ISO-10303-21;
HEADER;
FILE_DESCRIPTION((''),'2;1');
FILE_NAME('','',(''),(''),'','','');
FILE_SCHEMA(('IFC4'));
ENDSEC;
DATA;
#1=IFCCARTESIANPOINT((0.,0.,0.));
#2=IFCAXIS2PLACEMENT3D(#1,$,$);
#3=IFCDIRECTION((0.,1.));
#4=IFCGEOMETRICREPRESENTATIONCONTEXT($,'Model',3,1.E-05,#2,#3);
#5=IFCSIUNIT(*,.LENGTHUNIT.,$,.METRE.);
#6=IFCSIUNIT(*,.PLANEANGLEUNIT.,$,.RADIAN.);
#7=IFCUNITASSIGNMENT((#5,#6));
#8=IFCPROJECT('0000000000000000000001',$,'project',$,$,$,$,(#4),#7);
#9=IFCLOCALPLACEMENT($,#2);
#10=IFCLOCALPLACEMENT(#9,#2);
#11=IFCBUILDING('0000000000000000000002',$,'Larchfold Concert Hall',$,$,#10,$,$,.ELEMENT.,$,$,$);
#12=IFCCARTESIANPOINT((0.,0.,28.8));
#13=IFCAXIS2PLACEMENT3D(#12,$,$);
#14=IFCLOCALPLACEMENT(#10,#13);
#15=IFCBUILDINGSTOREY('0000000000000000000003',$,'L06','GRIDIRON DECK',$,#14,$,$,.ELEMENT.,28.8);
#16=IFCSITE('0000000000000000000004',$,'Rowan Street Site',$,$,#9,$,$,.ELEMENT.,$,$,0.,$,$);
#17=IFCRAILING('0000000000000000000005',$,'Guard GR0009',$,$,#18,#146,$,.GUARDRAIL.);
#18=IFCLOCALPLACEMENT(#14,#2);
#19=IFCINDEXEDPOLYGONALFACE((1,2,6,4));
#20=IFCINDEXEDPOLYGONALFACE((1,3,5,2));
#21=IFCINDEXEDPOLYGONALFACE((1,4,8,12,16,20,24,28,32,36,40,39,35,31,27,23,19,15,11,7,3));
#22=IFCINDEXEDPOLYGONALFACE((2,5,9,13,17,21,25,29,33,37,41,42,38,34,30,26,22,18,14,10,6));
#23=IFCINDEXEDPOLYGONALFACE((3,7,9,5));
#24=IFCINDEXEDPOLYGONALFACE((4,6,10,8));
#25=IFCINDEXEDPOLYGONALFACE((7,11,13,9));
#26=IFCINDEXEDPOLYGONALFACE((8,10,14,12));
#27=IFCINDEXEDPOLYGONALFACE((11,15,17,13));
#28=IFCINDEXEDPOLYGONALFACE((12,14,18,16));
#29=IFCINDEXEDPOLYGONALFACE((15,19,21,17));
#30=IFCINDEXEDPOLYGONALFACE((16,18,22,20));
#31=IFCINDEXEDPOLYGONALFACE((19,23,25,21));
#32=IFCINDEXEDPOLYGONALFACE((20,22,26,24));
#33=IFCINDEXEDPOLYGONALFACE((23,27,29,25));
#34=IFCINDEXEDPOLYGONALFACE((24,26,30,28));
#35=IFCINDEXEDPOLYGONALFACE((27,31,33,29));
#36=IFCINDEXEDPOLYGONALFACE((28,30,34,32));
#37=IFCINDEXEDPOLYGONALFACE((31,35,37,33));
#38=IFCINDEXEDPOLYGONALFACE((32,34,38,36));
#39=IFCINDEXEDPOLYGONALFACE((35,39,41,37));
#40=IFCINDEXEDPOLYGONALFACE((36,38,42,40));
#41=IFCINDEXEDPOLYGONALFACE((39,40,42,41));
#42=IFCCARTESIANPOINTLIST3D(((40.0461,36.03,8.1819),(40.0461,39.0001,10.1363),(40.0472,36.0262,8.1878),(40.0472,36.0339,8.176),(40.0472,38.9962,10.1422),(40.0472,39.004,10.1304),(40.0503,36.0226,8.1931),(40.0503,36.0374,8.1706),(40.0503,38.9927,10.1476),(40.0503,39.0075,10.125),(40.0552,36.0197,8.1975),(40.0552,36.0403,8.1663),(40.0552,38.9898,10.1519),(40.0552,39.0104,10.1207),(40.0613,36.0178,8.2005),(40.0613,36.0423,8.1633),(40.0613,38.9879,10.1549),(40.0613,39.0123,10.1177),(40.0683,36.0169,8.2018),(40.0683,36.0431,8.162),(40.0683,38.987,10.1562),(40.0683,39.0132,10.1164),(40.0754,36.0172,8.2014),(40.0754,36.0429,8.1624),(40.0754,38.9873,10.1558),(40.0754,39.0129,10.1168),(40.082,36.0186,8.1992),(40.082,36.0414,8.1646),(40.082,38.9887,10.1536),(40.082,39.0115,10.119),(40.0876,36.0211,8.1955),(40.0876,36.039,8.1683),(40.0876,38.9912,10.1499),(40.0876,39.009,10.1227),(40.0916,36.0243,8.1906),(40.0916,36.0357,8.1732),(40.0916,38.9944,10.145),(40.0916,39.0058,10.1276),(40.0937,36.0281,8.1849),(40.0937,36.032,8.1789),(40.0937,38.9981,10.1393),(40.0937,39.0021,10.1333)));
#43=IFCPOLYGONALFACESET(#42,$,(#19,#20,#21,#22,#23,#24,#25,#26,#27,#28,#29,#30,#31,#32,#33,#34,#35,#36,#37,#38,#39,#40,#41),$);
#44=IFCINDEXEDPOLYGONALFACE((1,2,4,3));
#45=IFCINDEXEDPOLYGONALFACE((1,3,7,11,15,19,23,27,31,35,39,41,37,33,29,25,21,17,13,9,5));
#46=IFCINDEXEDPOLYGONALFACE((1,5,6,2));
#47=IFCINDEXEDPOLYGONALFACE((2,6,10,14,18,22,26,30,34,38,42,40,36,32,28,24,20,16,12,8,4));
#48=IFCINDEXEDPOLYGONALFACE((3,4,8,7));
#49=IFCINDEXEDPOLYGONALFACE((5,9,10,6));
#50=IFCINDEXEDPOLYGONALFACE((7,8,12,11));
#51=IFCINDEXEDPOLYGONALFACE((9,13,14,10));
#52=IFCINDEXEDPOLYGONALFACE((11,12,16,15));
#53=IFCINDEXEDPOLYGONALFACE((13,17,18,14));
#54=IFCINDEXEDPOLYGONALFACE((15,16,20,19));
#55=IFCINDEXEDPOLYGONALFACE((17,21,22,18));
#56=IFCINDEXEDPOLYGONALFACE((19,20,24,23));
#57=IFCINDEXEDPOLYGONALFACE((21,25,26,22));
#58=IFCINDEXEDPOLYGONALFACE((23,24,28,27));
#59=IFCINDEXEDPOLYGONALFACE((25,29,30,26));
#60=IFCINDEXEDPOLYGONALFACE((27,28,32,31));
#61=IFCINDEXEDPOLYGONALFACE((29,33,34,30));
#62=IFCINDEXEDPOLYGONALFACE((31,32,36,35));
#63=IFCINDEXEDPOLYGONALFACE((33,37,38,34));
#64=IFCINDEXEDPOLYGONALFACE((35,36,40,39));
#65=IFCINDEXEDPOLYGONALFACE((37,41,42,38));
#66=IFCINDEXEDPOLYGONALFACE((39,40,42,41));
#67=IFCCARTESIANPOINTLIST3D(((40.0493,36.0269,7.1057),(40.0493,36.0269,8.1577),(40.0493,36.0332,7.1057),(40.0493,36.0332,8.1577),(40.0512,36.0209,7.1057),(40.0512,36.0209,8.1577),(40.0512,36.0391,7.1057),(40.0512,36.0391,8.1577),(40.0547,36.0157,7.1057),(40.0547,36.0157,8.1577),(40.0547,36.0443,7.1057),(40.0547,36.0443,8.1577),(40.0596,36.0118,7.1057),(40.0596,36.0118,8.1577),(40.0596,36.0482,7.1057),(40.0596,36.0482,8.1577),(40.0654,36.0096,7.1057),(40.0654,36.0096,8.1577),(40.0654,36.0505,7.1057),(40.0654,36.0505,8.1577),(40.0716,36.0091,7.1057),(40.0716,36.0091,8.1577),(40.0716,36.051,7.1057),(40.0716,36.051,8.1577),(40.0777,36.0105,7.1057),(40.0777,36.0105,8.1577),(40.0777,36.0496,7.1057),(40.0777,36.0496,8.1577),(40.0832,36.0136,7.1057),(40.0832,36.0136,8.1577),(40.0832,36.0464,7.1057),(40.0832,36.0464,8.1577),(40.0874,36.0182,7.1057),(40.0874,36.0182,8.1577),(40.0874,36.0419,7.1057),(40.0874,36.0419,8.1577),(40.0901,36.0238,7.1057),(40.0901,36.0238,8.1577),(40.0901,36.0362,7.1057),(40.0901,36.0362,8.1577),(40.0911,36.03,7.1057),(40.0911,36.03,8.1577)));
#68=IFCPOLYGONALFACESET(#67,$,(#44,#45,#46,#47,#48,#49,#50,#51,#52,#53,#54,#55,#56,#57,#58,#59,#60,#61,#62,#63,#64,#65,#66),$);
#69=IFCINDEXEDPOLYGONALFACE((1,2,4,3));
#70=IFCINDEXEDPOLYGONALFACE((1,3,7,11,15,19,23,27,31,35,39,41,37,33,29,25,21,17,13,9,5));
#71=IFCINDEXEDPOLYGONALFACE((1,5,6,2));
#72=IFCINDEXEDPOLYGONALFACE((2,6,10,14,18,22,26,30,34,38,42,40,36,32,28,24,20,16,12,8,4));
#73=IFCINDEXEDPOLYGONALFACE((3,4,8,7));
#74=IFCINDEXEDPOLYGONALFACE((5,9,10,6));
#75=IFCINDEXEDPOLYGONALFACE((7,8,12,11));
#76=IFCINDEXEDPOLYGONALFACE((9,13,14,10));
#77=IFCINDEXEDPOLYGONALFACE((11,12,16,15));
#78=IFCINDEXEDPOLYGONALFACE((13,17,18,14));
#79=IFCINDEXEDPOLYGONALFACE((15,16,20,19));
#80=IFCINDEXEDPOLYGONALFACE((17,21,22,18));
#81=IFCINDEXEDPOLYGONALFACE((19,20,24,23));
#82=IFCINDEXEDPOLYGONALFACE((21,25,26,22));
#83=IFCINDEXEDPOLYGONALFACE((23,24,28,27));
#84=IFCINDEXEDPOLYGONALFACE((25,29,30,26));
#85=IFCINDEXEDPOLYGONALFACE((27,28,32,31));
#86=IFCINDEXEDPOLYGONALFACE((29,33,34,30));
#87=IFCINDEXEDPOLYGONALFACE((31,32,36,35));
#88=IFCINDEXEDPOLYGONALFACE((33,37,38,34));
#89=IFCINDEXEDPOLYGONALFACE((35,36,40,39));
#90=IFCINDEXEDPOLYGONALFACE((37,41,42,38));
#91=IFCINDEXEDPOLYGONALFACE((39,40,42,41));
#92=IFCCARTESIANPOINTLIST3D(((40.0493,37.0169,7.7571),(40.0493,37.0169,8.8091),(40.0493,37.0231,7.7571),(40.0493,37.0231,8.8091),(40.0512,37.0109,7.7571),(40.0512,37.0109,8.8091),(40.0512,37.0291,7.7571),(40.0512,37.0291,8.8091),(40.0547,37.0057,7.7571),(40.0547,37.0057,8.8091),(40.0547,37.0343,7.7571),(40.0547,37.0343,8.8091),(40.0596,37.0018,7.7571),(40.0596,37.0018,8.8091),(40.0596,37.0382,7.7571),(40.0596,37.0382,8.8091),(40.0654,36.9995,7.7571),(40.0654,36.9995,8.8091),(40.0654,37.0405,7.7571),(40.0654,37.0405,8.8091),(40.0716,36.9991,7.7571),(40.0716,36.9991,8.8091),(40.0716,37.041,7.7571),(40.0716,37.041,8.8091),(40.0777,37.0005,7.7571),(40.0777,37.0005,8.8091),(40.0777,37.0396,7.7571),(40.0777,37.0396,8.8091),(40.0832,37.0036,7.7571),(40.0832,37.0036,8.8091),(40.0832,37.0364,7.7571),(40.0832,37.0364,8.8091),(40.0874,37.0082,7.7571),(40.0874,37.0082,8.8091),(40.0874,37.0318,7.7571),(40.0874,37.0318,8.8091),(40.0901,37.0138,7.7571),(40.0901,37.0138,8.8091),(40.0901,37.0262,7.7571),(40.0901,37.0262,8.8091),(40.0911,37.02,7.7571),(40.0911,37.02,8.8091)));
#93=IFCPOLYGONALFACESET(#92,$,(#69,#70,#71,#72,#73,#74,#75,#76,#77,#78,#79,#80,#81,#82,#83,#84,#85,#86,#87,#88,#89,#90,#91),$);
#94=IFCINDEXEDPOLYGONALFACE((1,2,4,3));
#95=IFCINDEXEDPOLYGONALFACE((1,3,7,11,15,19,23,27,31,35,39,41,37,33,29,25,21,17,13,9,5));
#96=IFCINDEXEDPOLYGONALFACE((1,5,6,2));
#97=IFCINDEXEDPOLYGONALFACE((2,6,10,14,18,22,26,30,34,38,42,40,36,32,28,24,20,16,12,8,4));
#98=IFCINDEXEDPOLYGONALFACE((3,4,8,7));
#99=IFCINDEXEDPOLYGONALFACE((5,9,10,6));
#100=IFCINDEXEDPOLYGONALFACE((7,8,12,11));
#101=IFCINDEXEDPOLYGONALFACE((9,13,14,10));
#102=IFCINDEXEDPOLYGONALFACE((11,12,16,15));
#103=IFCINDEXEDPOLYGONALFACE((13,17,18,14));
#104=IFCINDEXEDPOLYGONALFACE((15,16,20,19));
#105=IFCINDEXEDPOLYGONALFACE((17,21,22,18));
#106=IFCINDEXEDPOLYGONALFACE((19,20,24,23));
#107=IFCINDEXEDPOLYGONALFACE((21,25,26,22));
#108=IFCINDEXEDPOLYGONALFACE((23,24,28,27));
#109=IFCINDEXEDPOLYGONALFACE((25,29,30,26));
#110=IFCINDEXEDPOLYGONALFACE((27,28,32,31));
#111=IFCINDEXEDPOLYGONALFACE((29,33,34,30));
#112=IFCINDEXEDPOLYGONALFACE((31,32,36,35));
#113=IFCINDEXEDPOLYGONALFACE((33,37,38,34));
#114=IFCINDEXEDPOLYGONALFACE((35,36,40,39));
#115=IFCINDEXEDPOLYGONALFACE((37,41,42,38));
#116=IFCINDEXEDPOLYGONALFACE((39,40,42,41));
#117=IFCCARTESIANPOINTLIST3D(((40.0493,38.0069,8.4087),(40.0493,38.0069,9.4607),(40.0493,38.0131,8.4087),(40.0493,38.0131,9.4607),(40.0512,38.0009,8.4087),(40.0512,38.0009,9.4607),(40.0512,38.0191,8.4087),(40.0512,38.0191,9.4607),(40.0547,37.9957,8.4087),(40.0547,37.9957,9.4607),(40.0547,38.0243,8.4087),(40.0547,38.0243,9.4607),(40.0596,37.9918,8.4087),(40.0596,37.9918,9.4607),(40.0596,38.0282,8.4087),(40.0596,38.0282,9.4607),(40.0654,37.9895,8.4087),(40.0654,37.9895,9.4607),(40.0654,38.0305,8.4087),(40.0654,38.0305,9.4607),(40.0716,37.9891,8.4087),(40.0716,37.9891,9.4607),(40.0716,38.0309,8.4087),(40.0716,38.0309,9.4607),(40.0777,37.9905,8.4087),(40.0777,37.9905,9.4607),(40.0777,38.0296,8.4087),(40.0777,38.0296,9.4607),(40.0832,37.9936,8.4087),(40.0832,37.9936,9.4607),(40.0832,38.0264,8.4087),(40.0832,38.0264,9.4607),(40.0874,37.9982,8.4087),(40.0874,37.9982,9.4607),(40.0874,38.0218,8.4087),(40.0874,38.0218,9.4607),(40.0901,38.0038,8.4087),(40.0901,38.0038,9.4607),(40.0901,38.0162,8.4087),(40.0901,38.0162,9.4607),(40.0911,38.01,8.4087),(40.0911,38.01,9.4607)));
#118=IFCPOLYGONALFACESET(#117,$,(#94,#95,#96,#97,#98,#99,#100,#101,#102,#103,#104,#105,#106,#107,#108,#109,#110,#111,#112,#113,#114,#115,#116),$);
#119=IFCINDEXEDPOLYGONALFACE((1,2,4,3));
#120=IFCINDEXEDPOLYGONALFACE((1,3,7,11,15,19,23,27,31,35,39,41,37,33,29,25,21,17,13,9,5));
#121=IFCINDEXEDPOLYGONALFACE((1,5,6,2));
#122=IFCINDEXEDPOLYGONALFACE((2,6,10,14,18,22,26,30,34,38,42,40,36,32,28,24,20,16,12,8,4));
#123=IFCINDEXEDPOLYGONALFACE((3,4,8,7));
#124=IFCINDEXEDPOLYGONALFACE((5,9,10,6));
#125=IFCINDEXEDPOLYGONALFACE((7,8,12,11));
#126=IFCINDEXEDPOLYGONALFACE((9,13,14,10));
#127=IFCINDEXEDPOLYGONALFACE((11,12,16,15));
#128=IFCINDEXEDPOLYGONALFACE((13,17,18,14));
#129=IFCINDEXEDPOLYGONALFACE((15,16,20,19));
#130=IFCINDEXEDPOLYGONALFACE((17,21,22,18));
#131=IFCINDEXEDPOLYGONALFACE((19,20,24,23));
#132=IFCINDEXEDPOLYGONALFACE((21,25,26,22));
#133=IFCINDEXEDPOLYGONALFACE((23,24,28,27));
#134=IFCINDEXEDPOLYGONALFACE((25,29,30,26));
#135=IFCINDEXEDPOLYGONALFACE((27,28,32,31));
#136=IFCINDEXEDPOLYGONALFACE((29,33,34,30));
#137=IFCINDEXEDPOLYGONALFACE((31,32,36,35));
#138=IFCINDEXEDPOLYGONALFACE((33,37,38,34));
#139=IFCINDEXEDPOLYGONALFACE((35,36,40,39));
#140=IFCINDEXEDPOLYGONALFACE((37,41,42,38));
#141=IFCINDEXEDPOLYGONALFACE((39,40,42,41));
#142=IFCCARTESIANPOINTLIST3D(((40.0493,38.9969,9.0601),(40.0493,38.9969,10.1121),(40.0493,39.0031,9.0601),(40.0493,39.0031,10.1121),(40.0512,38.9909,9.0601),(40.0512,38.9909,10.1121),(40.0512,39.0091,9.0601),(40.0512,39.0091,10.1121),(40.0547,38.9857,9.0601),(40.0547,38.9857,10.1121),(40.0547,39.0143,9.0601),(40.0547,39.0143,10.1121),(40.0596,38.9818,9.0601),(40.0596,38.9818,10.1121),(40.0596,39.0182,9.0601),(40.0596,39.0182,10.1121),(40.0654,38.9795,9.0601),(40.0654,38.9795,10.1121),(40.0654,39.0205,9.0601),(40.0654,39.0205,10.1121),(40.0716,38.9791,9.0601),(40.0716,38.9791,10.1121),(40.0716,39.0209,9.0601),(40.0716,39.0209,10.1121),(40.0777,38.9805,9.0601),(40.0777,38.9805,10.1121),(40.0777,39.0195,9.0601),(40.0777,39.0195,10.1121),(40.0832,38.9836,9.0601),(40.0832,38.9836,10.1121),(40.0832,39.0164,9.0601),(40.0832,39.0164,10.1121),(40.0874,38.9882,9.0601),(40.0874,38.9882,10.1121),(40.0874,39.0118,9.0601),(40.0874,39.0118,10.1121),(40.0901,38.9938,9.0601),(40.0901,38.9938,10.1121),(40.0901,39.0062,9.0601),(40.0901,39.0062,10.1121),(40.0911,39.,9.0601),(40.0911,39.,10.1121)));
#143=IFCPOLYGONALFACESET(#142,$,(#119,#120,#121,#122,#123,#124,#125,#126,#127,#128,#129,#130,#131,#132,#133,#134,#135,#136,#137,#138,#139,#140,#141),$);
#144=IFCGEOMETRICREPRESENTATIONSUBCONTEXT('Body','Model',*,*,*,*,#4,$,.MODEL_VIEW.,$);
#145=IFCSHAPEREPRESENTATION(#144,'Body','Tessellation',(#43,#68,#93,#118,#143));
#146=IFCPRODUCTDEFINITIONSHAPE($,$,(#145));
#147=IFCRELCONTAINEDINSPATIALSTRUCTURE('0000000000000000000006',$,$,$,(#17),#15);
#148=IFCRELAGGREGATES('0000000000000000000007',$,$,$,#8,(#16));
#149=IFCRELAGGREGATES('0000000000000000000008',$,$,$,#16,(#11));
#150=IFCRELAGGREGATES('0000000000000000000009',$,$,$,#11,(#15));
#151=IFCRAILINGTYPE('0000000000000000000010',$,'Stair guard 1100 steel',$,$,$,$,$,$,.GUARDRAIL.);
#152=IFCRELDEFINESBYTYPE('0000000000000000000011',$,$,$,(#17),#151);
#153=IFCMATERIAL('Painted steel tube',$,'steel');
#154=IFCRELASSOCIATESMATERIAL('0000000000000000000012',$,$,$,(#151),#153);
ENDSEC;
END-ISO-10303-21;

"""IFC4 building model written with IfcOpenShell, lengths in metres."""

from ifc_helpers import new_model, si_unit, direction, frame, origin, origin_2d, place, context, subcontext, project, spatial, circle, extrude, material, type_object, element, save


model = new_model("IFC4")

# Units and contexts
model_context = context("Model", 3, precision=1e-05, world=origin(), true_north=direction((0.0, 1.0)))
body_context = subcontext(model_context, "Body", "Model", "MODEL_VIEW")
ifc_project = project(units=[si_unit("LENGTHUNIT", "METRE"), si_unit("PLANEANGLEUNIT", "RADIAN")], contexts=[model_context])

# Site, building, storey
site_placement = place(None, origin())
site = spatial("IfcSite", under=ifc_project, at=site_placement, Name="Rowan Street Site", CompositionType="ELEMENT", RefElevation=0.0)
building_placement = place(site_placement, origin())
building = spatial("IfcBuilding", under=site, at=building_placement, Name="Larchfold Concert Hall", CompositionType="ELEMENT")
storey_placement = place(building_placement, frame((0.0, 0.0, 28.8)))
storey = spatial("IfcBuildingStorey", under=building, at=storey_placement, Name="L06", Description="GRIDIRON DECK", CompositionType="ELEMENT", Elevation=28.8)

# Railing
ifc_material_1 = material(Name="Painted steel tube", Category="steel")
railing_type_1 = type_object("IfcRailingType", Name="Stair guard 1100 steel", PredefinedType="GUARDRAIL", material=ifc_material_1)
for number, where, name in (
    (1, (40.0701, 36.03, 7.1057), "Guard GR0009"),
):
    element("IfcRailing", number, at=place(storey_placement, frame(where)), inside=storey, type_object=railing_type_1, Name=name, PredefinedType="GUARDRAIL", context=body_context, shape_type="SweptSolid", body=[
        extrude(circle(Radius=0.0239, at=origin_2d()), frame((0.0, 0.0, 1.0762), z_axis=(0.0, 0.835363, 0.549698), x_axis=(-1.0, 0.0, 0.0)), (0.0, 0.0, 1.0), 3.5554),
        extrude(circle(Radius=0.021, at=origin_2d()), origin(), (0.0, 0.0, 1.0), 1.052),
        extrude(circle(Radius=0.021, at=origin_2d()), frame((0.0, 0.99, 0.6514)), (0.0, 0.0, 1.0), 1.052),
        extrude(circle(Radius=0.021, at=origin_2d()), frame((0.0, 1.98, 1.303)), (0.0, 0.0, 1.0), 1.052),
        extrude(circle(Radius=0.021, at=origin_2d()), frame((0.0, 2.97, 1.9543)), (0.0, 0.0, 1.0), 1.052),
    ])

save(model, "model.ifc")
